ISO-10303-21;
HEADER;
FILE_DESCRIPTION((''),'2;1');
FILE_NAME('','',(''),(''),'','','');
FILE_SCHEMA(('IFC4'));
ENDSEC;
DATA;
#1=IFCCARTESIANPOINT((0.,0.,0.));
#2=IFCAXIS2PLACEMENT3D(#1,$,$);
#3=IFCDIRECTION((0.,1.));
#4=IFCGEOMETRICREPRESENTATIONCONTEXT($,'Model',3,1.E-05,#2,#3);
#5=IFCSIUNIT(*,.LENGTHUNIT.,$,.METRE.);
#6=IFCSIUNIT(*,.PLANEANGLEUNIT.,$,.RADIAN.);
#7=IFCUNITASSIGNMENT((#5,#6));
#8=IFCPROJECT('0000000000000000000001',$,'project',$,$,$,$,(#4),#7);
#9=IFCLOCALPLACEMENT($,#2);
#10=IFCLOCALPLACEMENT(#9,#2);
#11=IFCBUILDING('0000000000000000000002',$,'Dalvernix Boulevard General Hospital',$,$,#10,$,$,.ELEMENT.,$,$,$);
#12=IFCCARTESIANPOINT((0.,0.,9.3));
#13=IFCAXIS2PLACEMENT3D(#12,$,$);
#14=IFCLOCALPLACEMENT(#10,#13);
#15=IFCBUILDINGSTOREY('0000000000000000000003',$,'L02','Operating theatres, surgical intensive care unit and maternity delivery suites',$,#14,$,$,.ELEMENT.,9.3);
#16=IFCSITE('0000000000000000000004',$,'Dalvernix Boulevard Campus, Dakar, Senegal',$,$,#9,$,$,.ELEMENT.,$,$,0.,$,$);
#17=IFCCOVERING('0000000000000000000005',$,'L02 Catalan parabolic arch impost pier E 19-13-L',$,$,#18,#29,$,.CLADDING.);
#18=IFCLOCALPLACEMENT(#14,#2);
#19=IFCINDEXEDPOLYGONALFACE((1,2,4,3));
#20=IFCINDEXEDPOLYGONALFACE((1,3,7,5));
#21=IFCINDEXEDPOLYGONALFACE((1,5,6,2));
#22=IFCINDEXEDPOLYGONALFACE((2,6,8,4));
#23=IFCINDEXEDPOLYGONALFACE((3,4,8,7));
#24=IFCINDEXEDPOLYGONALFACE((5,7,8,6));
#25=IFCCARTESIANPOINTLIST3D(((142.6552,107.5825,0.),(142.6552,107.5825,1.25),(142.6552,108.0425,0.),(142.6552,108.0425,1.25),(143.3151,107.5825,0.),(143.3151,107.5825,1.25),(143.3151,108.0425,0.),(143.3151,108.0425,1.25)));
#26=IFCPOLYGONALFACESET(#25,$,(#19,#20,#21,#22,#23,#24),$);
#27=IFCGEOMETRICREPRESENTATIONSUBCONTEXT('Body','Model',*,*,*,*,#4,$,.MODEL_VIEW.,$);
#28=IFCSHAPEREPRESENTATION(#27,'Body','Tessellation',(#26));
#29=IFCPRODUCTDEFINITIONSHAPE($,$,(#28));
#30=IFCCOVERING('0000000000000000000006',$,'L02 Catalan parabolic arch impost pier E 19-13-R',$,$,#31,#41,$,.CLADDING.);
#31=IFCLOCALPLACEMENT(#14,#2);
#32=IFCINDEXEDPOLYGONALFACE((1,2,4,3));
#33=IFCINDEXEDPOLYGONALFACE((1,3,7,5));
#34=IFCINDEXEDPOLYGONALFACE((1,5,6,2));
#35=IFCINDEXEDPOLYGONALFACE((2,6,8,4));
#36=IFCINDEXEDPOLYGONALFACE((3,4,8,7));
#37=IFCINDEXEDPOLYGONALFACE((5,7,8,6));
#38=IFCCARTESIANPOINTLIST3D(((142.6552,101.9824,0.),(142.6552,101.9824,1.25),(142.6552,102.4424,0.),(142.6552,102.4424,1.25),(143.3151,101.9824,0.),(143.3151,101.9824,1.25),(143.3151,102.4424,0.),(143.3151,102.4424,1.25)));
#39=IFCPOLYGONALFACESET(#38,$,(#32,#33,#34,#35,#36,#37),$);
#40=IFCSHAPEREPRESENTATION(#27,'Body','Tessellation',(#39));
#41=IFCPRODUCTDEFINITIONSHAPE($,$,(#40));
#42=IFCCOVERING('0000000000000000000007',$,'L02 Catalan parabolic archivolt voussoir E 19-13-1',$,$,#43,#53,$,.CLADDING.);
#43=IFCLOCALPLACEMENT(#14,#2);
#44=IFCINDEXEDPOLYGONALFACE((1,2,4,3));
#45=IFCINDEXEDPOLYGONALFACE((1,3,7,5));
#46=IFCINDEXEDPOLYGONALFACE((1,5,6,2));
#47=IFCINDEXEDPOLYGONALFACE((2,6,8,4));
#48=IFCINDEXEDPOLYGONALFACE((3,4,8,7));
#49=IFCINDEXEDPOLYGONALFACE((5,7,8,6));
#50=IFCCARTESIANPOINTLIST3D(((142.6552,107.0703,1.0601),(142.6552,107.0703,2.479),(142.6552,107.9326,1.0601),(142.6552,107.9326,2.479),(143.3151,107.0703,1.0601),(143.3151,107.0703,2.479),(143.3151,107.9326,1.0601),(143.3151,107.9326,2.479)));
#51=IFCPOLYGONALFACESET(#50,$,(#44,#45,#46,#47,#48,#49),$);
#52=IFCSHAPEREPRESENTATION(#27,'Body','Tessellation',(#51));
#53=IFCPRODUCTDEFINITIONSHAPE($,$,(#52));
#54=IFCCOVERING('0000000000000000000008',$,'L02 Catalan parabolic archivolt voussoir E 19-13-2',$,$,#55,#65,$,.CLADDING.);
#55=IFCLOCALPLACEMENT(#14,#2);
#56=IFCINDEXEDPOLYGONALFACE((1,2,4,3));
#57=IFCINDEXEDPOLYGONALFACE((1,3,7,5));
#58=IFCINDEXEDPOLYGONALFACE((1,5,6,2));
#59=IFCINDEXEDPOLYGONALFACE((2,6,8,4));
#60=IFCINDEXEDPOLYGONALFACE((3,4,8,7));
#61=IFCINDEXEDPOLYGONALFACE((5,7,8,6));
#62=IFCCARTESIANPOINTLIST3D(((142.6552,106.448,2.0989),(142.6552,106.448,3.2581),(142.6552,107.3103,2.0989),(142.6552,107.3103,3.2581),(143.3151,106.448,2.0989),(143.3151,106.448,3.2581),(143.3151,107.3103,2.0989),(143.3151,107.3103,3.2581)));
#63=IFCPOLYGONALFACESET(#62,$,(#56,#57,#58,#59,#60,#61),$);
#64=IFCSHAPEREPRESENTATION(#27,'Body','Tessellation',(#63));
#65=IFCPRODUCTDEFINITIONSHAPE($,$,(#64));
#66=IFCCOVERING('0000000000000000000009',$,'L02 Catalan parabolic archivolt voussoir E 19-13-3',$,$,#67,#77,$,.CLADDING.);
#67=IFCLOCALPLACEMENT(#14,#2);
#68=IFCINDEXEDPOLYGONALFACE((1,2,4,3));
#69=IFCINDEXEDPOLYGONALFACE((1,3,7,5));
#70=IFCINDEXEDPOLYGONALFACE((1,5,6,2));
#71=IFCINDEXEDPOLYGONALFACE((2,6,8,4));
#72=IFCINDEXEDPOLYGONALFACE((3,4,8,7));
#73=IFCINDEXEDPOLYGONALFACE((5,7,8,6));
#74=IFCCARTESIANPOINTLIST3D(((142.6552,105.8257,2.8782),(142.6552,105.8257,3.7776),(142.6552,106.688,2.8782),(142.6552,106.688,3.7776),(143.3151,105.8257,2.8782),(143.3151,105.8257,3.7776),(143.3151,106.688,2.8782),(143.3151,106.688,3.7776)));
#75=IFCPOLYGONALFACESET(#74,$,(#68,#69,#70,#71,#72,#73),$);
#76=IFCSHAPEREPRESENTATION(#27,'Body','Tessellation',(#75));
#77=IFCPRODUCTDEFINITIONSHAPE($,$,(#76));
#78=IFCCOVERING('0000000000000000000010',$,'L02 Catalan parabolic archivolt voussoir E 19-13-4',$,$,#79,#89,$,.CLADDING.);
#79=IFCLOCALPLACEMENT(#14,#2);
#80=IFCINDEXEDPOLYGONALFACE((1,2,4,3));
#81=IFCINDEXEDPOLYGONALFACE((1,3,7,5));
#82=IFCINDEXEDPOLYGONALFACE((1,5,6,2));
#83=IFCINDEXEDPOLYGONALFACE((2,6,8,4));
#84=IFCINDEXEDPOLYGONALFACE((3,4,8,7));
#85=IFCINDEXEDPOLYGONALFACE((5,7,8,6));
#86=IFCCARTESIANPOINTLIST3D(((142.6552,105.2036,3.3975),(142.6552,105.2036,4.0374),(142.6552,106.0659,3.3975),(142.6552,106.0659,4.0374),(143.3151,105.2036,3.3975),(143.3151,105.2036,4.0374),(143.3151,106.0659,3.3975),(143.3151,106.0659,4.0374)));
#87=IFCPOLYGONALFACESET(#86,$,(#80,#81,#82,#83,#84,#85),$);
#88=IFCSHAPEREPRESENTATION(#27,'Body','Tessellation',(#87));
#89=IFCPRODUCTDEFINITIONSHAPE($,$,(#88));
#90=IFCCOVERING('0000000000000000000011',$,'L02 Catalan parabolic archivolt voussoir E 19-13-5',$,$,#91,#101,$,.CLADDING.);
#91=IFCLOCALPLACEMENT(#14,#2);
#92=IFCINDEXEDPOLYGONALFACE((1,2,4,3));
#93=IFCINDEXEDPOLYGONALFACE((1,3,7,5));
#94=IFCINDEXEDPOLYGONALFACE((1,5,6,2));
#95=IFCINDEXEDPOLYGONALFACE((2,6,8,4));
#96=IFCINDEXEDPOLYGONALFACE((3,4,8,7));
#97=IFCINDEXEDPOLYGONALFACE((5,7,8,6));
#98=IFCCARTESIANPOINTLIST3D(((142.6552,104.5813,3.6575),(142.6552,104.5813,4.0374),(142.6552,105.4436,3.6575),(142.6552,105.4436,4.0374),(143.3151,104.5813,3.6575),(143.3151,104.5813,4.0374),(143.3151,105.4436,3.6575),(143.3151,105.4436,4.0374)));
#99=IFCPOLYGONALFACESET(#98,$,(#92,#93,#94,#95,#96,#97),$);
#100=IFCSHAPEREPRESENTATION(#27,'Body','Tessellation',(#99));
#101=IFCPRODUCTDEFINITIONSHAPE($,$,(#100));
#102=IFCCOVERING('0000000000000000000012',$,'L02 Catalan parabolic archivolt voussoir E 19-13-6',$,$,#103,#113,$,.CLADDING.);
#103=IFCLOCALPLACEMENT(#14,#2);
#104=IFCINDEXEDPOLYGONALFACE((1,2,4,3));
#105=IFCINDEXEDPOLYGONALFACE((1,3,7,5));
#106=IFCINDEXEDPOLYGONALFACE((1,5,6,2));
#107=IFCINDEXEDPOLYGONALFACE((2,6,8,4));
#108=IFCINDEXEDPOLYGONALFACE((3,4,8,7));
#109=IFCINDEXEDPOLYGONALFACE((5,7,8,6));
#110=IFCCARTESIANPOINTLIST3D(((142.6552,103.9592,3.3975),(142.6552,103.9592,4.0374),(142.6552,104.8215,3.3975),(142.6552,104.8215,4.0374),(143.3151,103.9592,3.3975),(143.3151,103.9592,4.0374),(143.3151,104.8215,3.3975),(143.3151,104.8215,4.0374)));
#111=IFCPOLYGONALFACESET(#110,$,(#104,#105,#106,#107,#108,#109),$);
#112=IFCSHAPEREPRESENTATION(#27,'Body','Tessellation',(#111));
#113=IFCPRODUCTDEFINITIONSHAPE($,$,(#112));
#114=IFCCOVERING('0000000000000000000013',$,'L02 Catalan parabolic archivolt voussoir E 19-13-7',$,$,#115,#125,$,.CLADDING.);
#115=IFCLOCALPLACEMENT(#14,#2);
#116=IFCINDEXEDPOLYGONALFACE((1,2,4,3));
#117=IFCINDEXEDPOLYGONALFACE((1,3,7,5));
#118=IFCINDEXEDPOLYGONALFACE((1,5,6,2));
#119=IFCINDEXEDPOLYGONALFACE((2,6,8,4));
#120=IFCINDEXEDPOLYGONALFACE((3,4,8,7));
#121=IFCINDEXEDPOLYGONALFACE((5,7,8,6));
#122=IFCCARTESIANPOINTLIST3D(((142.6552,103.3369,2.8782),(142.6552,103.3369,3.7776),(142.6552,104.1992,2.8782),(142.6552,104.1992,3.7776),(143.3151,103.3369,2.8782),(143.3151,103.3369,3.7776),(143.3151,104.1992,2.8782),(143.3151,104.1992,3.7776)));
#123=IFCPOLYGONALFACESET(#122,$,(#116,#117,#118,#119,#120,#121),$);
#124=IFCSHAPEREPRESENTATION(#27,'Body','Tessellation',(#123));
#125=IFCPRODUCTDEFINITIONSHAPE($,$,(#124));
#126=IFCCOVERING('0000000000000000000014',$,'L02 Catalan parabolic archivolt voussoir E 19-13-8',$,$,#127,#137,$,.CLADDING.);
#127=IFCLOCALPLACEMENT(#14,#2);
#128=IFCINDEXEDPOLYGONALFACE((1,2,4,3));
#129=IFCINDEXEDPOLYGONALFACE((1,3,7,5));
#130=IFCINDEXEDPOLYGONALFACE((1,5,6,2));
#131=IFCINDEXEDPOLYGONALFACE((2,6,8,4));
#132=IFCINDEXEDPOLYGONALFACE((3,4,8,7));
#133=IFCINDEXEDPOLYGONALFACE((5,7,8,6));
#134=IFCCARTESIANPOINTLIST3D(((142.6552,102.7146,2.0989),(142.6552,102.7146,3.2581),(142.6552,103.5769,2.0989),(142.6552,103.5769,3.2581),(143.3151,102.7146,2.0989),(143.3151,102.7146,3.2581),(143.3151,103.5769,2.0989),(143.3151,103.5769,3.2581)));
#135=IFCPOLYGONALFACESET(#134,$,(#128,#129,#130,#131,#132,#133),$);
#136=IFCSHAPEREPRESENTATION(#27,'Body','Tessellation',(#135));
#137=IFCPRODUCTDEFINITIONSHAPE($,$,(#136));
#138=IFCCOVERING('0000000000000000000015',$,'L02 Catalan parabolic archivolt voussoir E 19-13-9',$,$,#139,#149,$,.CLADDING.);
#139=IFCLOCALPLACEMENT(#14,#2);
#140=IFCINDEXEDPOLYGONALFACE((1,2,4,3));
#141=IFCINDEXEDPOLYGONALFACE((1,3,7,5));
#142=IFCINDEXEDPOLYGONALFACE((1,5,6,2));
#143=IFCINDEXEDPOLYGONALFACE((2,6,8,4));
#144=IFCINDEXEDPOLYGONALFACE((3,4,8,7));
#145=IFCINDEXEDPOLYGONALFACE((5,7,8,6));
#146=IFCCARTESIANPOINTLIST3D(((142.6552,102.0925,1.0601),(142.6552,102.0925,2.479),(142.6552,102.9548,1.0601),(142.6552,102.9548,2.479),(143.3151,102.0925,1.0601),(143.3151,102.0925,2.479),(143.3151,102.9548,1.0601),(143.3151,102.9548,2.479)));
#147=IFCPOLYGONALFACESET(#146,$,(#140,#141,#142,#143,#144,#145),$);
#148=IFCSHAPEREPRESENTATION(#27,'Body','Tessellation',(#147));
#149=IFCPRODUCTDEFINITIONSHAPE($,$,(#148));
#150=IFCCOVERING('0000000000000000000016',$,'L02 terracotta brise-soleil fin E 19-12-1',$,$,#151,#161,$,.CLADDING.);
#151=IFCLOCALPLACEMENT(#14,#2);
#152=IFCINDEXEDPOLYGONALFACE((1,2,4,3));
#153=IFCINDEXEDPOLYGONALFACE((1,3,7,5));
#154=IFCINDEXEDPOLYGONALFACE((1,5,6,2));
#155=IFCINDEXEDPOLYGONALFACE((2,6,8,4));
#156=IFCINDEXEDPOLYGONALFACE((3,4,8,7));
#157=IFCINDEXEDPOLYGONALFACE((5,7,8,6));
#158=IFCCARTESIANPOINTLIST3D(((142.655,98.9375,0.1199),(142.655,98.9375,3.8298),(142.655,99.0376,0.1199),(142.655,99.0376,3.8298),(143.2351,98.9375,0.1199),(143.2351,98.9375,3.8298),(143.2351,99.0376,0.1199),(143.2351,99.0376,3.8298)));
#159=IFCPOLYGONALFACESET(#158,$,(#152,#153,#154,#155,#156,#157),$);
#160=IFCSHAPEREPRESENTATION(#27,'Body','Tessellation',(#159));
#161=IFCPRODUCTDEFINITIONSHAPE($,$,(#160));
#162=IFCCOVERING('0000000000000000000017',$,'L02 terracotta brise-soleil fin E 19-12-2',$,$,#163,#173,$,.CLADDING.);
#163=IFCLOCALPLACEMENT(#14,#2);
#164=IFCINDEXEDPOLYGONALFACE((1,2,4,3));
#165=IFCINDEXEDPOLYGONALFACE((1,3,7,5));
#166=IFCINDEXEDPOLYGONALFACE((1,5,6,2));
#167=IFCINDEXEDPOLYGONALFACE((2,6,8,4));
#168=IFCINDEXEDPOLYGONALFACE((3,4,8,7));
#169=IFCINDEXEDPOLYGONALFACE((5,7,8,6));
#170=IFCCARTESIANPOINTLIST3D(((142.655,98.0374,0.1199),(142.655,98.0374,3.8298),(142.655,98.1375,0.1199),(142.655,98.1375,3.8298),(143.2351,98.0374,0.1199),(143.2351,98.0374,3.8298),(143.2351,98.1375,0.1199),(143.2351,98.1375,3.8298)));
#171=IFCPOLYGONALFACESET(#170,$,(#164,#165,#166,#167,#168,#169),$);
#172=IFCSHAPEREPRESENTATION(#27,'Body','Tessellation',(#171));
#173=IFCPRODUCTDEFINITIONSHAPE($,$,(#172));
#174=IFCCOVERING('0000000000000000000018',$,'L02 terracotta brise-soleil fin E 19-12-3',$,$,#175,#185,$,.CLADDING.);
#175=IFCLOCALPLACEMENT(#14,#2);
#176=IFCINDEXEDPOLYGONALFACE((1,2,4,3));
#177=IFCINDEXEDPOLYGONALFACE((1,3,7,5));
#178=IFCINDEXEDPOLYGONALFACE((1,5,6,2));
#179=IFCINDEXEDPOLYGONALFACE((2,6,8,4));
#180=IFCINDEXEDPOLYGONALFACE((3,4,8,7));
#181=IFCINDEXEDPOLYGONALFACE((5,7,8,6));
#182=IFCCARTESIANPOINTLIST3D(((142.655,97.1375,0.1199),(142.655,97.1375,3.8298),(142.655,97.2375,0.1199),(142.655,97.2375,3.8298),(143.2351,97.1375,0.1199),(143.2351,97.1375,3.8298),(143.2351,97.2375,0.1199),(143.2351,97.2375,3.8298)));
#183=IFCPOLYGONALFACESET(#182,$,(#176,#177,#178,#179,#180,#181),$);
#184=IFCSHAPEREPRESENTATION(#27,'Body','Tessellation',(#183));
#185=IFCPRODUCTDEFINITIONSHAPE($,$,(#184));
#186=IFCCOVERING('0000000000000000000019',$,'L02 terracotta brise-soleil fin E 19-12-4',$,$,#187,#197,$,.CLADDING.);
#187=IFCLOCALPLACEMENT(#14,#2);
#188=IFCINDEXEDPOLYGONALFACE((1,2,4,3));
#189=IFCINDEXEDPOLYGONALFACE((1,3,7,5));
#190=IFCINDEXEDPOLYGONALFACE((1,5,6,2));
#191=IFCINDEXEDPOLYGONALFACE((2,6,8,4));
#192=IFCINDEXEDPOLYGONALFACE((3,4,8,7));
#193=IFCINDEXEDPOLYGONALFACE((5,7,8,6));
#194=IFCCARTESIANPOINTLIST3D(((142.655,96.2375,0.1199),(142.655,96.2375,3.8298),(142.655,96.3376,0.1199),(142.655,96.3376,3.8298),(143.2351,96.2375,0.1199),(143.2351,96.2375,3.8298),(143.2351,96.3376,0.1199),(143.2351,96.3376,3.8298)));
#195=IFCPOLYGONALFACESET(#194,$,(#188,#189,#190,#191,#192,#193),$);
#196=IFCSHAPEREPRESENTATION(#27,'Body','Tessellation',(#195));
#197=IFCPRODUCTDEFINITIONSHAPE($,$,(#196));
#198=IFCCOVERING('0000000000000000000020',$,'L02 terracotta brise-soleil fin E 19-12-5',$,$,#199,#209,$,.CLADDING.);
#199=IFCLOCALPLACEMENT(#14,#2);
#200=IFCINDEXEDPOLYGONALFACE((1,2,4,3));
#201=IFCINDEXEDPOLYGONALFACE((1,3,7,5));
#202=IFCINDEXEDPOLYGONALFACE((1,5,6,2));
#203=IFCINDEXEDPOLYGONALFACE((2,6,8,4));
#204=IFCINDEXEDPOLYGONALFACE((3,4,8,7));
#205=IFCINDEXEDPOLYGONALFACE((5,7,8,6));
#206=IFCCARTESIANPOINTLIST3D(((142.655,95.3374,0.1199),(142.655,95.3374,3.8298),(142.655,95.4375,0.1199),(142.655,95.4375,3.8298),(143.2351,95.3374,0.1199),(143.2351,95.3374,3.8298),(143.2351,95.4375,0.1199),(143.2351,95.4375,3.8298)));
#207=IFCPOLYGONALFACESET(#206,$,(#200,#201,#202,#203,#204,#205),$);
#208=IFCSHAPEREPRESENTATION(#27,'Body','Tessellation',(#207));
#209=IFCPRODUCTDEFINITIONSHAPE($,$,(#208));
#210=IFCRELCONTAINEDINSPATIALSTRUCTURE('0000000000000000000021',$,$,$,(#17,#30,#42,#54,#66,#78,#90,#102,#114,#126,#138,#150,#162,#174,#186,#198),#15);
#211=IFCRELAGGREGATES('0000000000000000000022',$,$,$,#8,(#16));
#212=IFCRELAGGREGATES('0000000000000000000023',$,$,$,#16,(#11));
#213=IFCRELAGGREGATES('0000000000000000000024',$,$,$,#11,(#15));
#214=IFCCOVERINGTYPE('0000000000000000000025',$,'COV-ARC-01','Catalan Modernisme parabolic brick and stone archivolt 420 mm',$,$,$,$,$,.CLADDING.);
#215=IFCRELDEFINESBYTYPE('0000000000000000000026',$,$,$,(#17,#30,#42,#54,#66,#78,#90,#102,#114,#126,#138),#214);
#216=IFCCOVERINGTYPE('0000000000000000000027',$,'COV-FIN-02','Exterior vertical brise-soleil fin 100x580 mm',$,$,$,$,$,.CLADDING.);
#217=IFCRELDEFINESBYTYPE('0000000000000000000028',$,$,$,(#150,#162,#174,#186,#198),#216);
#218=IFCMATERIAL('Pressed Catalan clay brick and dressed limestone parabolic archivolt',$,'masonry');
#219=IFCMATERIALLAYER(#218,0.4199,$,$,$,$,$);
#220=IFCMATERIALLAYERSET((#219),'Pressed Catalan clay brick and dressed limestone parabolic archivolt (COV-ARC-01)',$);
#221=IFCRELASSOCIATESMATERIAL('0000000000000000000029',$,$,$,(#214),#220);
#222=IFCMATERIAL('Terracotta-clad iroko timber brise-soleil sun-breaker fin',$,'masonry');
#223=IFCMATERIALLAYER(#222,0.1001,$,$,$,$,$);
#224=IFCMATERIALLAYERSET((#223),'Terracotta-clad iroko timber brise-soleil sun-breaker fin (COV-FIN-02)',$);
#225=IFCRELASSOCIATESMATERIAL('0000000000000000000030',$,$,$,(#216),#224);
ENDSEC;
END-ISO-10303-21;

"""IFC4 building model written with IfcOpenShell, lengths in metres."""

from ifc_helpers import new_model, si_unit, direction, frame, origin, origin_2d, place, context, subcontext, project, spatial, rectangle, extrude, material, layer, layer_set, type_object, element, save


model = new_model("IFC4")

# Units and contexts
model_context = context("Model", 3, precision=1e-05, world=origin(), true_north=direction((0.0, 1.0)))
body_context = subcontext(model_context, "Body", "Model", "MODEL_VIEW")
ifc_project = project(units=[si_unit("LENGTHUNIT", "METRE"), si_unit("PLANEANGLEUNIT", "RADIAN")], contexts=[model_context])

# Site, building, storey
site_placement = place(None, origin())
site = spatial("IfcSite", under=ifc_project, at=site_placement, Name="Dalvernix Boulevard Campus, Dakar, Senegal", CompositionType="ELEMENT", RefElevation=0.0)
building_placement = place(site_placement, origin())
building = spatial("IfcBuilding", under=site, at=building_placement, Name="Dalvernix Boulevard General Hospital", CompositionType="ELEMENT")
storey_placement = place(building_placement, frame((0.0, 0.0, 9.3)))
storey = spatial("IfcBuildingStorey", under=building, at=storey_placement, Name="L02", Description="Operating theatres, surgical intensive care unit and maternity delivery suites", CompositionType="ELEMENT", Elevation=9.3)

# Coverings
ifc_material_1 = material(Name="Pressed Catalan clay brick and dressed limestone parabolic archivolt", Category="masonry")
ifc_layer_1 = layer(ifc_material_1, 0.4199)
ifc_layer_set_1 = layer_set([ifc_layer_1], Name="Pressed Catalan clay brick and dressed limestone parabolic archivolt (COV-ARC-01)")
covering_type_1 = type_object("IfcCoveringType", Name="COV-ARC-01", Description="Catalan Modernisme parabolic brick and stone archivolt 420 mm", PredefinedType="CLADDING", material=ifc_layer_set_1)
for number, where, z_axis, x_axis, name in (
    (1, (142.9851, 107.8125, 0.0), (0.0, 0.0, 1.0), (0.0, -1.0, 0.0), "L02 Catalan parabolic arch impost pier E 19-13-L"),
    (2, (142.9851, 102.2124, 0.0), (0.0, 0.0, 1.0), (0.0, -1.0, 0.0), "L02 Catalan parabolic arch impost pier E 19-13-R"),
):
    element("IfcCovering", number, at=place(storey_placement, frame(where, z_axis=z_axis, x_axis=x_axis)), inside=storey, type_object=covering_type_1, Name=name, PredefinedType="CLADDING", context=body_context, shape_type="SweptSolid", body=[
        extrude(rectangle(XDim=0.46, YDim=0.6599, at=origin_2d()), origin(), (0.0, 0.0, 1.0), 1.25),
    ])
covering_1_placement = place(storey_placement, frame((142.9851, 107.5015, 1.0601), z_axis=(0.0, 0.0, 1.0), x_axis=(0.0, -1.0, 0.0)))
element("IfcCovering", 3, at=covering_1_placement, inside=storey, type_object=covering_type_1, Name="L02 Catalan parabolic archivolt voussoir E 19-13-1", PredefinedType="CLADDING", context=body_context, shape_type="SweptSolid", body=[
    extrude(rectangle(XDim=0.8623, YDim=0.6599, at=origin_2d()), origin(), (0.0, 0.0, 1.0), 1.4189),
])
covering_2_placement = place(storey_placement, frame((142.9851, 106.8792, 2.0989), z_axis=(0.0, 0.0, 1.0), x_axis=(0.0, -1.0, 0.0)))
element("IfcCovering", 4, at=covering_2_placement, inside=storey, type_object=covering_type_1, Name="L02 Catalan parabolic archivolt voussoir E 19-13-2", PredefinedType="CLADDING", context=body_context, shape_type="SweptSolid", body=[
    extrude(rectangle(XDim=0.8623, YDim=0.6599, at=origin_2d()), origin(), (0.0, 0.0, 1.0), 1.1592),
])
covering_3_placement = place(storey_placement, frame((142.9851, 106.2568, 2.8782), z_axis=(0.0, 0.0, 1.0), x_axis=(0.0, -1.0, 0.0)))
element("IfcCovering", 5, at=covering_3_placement, inside=storey, type_object=covering_type_1, Name="L02 Catalan parabolic archivolt voussoir E 19-13-3", PredefinedType="CLADDING", context=body_context, shape_type="SweptSolid", body=[
    extrude(rectangle(XDim=0.8623, YDim=0.6599, at=origin_2d()), origin(), (0.0, 0.0, 1.0), 0.8994),
])
covering_4_placement = place(storey_placement, frame((142.9851, 105.6348, 3.3975), z_axis=(0.0, 0.0, 1.0), x_axis=(0.0, -1.0, 0.0)))
element("IfcCovering", 6, at=covering_4_placement, inside=storey, type_object=covering_type_1, Name="L02 Catalan parabolic archivolt voussoir E 19-13-4", PredefinedType="CLADDING", context=body_context, shape_type="SweptSolid", body=[
    extrude(rectangle(XDim=0.8623, YDim=0.6599, at=origin_2d()), origin(), (0.0, 0.0, 1.0), 0.6399),
])
covering_5_placement = place(storey_placement, frame((142.9851, 105.0125, 3.6575), z_axis=(0.0, 0.0, 1.0), x_axis=(0.0, -1.0, 0.0)))
element("IfcCovering", 7, at=covering_5_placement, inside=storey, type_object=covering_type_1, Name="L02 Catalan parabolic archivolt voussoir E 19-13-5", PredefinedType="CLADDING", context=body_context, shape_type="SweptSolid", body=[
    extrude(rectangle(XDim=0.8623, YDim=0.6599, at=origin_2d()), origin(), (0.0, 0.0, 1.0), 0.3799),
])
covering_6_placement = place(storey_placement, frame((142.9851, 104.3904, 3.3975), z_axis=(0.0, 0.0, 1.0), x_axis=(0.0, -1.0, 0.0)))
element("IfcCovering", 8, at=covering_6_placement, inside=storey, type_object=covering_type_1, Name="L02 Catalan parabolic archivolt voussoir E 19-13-6", PredefinedType="CLADDING", context=body_context, shape_type="SweptSolid", body=[
    extrude(rectangle(XDim=0.8623, YDim=0.6599, at=origin_2d()), origin(), (0.0, 0.0, 1.0), 0.6399),
])
covering_7_placement = place(storey_placement, frame((142.9851, 103.7681, 2.8782), z_axis=(0.0, 0.0, 1.0), x_axis=(0.0, -1.0, 0.0)))
element("IfcCovering", 9, at=covering_7_placement, inside=storey, type_object=covering_type_1, Name="L02 Catalan parabolic archivolt voussoir E 19-13-7", PredefinedType="CLADDING", context=body_context, shape_type="SweptSolid", body=[
    extrude(rectangle(XDim=0.8623, YDim=0.6599, at=origin_2d()), origin(), (0.0, 0.0, 1.0), 0.8994),
])
covering_8_placement = place(storey_placement, frame((142.9851, 103.1458, 2.0989), z_axis=(0.0, 0.0, 1.0), x_axis=(0.0, -1.0, 0.0)))
element("IfcCovering", 10, at=covering_8_placement, inside=storey, type_object=covering_type_1, Name="L02 Catalan parabolic archivolt voussoir E 19-13-8", PredefinedType="CLADDING", context=body_context, shape_type="SweptSolid", body=[
    extrude(rectangle(XDim=0.8623, YDim=0.6599, at=origin_2d()), origin(), (0.0, 0.0, 1.0), 1.1592),
])
covering_9_placement = place(storey_placement, frame((142.9851, 102.5237, 1.0601), z_axis=(0.0, 0.0, 1.0), x_axis=(0.0, -1.0, 0.0)))
element("IfcCovering", 11, at=covering_9_placement, inside=storey, type_object=covering_type_1, Name="L02 Catalan parabolic archivolt voussoir E 19-13-9", PredefinedType="CLADDING", context=body_context, shape_type="SweptSolid", body=[
    extrude(rectangle(XDim=0.8623, YDim=0.6599, at=origin_2d()), origin(), (0.0, 0.0, 1.0), 1.4189),
])
ifc_material_2 = material(Name="Terracotta-clad iroko timber brise-soleil sun-breaker fin", Category="masonry")
ifc_layer_2 = layer(ifc_material_2, 0.1001)
ifc_layer_set_2 = layer_set([ifc_layer_2], Name="Terracotta-clad iroko timber brise-soleil sun-breaker fin (COV-FIN-02)")
covering_type_2 = type_object("IfcCoveringType", Name="COV-FIN-02", Description="Exterior vertical brise-soleil fin 100x580 mm", PredefinedType="CLADDING", material=ifc_layer_set_2)
for number, where, z_axis, x_axis, name in (
    (12, (142.9451, 98.9875, 0.1199), (0.0, 0.0, 1.0), (0.0, -1.0, 0.0), "L02 terracotta brise-soleil fin E 19-12-1"),
    (13, (142.9451, 98.0874, 0.1199), (0.0, 0.0, 1.0), (0.0, -1.0, 0.0), "L02 terracotta brise-soleil fin E 19-12-2"),
    (14, (142.9451, 97.1875, 0.1199), (0.0, 0.0, 1.0), (0.0, -1.0, 0.0), "L02 terracotta brise-soleil fin E 19-12-3"),
    (15, (142.9451, 96.2876, 0.1199), (0.0, 0.0, 1.0), (0.0, -1.0, 0.0), "L02 terracotta brise-soleil fin E 19-12-4"),
    (16, (142.9451, 95.3875, 0.1199), (0.0, 0.0, 1.0), (0.0, -1.0, 0.0), "L02 terracotta brise-soleil fin E 19-12-5"),
):
    element("IfcCovering", number, at=place(storey_placement, frame(where, z_axis=z_axis, x_axis=x_axis)), inside=storey, type_object=covering_type_2, Name=name, PredefinedType="CLADDING", context=body_context, shape_type="SweptSolid", body=[
        extrude(rectangle(XDim=0.1001, YDim=0.5801, at=origin_2d()), origin(), (0.0, 0.0, 1.0), 3.71),
    ])

save(model, "model.ifc")
